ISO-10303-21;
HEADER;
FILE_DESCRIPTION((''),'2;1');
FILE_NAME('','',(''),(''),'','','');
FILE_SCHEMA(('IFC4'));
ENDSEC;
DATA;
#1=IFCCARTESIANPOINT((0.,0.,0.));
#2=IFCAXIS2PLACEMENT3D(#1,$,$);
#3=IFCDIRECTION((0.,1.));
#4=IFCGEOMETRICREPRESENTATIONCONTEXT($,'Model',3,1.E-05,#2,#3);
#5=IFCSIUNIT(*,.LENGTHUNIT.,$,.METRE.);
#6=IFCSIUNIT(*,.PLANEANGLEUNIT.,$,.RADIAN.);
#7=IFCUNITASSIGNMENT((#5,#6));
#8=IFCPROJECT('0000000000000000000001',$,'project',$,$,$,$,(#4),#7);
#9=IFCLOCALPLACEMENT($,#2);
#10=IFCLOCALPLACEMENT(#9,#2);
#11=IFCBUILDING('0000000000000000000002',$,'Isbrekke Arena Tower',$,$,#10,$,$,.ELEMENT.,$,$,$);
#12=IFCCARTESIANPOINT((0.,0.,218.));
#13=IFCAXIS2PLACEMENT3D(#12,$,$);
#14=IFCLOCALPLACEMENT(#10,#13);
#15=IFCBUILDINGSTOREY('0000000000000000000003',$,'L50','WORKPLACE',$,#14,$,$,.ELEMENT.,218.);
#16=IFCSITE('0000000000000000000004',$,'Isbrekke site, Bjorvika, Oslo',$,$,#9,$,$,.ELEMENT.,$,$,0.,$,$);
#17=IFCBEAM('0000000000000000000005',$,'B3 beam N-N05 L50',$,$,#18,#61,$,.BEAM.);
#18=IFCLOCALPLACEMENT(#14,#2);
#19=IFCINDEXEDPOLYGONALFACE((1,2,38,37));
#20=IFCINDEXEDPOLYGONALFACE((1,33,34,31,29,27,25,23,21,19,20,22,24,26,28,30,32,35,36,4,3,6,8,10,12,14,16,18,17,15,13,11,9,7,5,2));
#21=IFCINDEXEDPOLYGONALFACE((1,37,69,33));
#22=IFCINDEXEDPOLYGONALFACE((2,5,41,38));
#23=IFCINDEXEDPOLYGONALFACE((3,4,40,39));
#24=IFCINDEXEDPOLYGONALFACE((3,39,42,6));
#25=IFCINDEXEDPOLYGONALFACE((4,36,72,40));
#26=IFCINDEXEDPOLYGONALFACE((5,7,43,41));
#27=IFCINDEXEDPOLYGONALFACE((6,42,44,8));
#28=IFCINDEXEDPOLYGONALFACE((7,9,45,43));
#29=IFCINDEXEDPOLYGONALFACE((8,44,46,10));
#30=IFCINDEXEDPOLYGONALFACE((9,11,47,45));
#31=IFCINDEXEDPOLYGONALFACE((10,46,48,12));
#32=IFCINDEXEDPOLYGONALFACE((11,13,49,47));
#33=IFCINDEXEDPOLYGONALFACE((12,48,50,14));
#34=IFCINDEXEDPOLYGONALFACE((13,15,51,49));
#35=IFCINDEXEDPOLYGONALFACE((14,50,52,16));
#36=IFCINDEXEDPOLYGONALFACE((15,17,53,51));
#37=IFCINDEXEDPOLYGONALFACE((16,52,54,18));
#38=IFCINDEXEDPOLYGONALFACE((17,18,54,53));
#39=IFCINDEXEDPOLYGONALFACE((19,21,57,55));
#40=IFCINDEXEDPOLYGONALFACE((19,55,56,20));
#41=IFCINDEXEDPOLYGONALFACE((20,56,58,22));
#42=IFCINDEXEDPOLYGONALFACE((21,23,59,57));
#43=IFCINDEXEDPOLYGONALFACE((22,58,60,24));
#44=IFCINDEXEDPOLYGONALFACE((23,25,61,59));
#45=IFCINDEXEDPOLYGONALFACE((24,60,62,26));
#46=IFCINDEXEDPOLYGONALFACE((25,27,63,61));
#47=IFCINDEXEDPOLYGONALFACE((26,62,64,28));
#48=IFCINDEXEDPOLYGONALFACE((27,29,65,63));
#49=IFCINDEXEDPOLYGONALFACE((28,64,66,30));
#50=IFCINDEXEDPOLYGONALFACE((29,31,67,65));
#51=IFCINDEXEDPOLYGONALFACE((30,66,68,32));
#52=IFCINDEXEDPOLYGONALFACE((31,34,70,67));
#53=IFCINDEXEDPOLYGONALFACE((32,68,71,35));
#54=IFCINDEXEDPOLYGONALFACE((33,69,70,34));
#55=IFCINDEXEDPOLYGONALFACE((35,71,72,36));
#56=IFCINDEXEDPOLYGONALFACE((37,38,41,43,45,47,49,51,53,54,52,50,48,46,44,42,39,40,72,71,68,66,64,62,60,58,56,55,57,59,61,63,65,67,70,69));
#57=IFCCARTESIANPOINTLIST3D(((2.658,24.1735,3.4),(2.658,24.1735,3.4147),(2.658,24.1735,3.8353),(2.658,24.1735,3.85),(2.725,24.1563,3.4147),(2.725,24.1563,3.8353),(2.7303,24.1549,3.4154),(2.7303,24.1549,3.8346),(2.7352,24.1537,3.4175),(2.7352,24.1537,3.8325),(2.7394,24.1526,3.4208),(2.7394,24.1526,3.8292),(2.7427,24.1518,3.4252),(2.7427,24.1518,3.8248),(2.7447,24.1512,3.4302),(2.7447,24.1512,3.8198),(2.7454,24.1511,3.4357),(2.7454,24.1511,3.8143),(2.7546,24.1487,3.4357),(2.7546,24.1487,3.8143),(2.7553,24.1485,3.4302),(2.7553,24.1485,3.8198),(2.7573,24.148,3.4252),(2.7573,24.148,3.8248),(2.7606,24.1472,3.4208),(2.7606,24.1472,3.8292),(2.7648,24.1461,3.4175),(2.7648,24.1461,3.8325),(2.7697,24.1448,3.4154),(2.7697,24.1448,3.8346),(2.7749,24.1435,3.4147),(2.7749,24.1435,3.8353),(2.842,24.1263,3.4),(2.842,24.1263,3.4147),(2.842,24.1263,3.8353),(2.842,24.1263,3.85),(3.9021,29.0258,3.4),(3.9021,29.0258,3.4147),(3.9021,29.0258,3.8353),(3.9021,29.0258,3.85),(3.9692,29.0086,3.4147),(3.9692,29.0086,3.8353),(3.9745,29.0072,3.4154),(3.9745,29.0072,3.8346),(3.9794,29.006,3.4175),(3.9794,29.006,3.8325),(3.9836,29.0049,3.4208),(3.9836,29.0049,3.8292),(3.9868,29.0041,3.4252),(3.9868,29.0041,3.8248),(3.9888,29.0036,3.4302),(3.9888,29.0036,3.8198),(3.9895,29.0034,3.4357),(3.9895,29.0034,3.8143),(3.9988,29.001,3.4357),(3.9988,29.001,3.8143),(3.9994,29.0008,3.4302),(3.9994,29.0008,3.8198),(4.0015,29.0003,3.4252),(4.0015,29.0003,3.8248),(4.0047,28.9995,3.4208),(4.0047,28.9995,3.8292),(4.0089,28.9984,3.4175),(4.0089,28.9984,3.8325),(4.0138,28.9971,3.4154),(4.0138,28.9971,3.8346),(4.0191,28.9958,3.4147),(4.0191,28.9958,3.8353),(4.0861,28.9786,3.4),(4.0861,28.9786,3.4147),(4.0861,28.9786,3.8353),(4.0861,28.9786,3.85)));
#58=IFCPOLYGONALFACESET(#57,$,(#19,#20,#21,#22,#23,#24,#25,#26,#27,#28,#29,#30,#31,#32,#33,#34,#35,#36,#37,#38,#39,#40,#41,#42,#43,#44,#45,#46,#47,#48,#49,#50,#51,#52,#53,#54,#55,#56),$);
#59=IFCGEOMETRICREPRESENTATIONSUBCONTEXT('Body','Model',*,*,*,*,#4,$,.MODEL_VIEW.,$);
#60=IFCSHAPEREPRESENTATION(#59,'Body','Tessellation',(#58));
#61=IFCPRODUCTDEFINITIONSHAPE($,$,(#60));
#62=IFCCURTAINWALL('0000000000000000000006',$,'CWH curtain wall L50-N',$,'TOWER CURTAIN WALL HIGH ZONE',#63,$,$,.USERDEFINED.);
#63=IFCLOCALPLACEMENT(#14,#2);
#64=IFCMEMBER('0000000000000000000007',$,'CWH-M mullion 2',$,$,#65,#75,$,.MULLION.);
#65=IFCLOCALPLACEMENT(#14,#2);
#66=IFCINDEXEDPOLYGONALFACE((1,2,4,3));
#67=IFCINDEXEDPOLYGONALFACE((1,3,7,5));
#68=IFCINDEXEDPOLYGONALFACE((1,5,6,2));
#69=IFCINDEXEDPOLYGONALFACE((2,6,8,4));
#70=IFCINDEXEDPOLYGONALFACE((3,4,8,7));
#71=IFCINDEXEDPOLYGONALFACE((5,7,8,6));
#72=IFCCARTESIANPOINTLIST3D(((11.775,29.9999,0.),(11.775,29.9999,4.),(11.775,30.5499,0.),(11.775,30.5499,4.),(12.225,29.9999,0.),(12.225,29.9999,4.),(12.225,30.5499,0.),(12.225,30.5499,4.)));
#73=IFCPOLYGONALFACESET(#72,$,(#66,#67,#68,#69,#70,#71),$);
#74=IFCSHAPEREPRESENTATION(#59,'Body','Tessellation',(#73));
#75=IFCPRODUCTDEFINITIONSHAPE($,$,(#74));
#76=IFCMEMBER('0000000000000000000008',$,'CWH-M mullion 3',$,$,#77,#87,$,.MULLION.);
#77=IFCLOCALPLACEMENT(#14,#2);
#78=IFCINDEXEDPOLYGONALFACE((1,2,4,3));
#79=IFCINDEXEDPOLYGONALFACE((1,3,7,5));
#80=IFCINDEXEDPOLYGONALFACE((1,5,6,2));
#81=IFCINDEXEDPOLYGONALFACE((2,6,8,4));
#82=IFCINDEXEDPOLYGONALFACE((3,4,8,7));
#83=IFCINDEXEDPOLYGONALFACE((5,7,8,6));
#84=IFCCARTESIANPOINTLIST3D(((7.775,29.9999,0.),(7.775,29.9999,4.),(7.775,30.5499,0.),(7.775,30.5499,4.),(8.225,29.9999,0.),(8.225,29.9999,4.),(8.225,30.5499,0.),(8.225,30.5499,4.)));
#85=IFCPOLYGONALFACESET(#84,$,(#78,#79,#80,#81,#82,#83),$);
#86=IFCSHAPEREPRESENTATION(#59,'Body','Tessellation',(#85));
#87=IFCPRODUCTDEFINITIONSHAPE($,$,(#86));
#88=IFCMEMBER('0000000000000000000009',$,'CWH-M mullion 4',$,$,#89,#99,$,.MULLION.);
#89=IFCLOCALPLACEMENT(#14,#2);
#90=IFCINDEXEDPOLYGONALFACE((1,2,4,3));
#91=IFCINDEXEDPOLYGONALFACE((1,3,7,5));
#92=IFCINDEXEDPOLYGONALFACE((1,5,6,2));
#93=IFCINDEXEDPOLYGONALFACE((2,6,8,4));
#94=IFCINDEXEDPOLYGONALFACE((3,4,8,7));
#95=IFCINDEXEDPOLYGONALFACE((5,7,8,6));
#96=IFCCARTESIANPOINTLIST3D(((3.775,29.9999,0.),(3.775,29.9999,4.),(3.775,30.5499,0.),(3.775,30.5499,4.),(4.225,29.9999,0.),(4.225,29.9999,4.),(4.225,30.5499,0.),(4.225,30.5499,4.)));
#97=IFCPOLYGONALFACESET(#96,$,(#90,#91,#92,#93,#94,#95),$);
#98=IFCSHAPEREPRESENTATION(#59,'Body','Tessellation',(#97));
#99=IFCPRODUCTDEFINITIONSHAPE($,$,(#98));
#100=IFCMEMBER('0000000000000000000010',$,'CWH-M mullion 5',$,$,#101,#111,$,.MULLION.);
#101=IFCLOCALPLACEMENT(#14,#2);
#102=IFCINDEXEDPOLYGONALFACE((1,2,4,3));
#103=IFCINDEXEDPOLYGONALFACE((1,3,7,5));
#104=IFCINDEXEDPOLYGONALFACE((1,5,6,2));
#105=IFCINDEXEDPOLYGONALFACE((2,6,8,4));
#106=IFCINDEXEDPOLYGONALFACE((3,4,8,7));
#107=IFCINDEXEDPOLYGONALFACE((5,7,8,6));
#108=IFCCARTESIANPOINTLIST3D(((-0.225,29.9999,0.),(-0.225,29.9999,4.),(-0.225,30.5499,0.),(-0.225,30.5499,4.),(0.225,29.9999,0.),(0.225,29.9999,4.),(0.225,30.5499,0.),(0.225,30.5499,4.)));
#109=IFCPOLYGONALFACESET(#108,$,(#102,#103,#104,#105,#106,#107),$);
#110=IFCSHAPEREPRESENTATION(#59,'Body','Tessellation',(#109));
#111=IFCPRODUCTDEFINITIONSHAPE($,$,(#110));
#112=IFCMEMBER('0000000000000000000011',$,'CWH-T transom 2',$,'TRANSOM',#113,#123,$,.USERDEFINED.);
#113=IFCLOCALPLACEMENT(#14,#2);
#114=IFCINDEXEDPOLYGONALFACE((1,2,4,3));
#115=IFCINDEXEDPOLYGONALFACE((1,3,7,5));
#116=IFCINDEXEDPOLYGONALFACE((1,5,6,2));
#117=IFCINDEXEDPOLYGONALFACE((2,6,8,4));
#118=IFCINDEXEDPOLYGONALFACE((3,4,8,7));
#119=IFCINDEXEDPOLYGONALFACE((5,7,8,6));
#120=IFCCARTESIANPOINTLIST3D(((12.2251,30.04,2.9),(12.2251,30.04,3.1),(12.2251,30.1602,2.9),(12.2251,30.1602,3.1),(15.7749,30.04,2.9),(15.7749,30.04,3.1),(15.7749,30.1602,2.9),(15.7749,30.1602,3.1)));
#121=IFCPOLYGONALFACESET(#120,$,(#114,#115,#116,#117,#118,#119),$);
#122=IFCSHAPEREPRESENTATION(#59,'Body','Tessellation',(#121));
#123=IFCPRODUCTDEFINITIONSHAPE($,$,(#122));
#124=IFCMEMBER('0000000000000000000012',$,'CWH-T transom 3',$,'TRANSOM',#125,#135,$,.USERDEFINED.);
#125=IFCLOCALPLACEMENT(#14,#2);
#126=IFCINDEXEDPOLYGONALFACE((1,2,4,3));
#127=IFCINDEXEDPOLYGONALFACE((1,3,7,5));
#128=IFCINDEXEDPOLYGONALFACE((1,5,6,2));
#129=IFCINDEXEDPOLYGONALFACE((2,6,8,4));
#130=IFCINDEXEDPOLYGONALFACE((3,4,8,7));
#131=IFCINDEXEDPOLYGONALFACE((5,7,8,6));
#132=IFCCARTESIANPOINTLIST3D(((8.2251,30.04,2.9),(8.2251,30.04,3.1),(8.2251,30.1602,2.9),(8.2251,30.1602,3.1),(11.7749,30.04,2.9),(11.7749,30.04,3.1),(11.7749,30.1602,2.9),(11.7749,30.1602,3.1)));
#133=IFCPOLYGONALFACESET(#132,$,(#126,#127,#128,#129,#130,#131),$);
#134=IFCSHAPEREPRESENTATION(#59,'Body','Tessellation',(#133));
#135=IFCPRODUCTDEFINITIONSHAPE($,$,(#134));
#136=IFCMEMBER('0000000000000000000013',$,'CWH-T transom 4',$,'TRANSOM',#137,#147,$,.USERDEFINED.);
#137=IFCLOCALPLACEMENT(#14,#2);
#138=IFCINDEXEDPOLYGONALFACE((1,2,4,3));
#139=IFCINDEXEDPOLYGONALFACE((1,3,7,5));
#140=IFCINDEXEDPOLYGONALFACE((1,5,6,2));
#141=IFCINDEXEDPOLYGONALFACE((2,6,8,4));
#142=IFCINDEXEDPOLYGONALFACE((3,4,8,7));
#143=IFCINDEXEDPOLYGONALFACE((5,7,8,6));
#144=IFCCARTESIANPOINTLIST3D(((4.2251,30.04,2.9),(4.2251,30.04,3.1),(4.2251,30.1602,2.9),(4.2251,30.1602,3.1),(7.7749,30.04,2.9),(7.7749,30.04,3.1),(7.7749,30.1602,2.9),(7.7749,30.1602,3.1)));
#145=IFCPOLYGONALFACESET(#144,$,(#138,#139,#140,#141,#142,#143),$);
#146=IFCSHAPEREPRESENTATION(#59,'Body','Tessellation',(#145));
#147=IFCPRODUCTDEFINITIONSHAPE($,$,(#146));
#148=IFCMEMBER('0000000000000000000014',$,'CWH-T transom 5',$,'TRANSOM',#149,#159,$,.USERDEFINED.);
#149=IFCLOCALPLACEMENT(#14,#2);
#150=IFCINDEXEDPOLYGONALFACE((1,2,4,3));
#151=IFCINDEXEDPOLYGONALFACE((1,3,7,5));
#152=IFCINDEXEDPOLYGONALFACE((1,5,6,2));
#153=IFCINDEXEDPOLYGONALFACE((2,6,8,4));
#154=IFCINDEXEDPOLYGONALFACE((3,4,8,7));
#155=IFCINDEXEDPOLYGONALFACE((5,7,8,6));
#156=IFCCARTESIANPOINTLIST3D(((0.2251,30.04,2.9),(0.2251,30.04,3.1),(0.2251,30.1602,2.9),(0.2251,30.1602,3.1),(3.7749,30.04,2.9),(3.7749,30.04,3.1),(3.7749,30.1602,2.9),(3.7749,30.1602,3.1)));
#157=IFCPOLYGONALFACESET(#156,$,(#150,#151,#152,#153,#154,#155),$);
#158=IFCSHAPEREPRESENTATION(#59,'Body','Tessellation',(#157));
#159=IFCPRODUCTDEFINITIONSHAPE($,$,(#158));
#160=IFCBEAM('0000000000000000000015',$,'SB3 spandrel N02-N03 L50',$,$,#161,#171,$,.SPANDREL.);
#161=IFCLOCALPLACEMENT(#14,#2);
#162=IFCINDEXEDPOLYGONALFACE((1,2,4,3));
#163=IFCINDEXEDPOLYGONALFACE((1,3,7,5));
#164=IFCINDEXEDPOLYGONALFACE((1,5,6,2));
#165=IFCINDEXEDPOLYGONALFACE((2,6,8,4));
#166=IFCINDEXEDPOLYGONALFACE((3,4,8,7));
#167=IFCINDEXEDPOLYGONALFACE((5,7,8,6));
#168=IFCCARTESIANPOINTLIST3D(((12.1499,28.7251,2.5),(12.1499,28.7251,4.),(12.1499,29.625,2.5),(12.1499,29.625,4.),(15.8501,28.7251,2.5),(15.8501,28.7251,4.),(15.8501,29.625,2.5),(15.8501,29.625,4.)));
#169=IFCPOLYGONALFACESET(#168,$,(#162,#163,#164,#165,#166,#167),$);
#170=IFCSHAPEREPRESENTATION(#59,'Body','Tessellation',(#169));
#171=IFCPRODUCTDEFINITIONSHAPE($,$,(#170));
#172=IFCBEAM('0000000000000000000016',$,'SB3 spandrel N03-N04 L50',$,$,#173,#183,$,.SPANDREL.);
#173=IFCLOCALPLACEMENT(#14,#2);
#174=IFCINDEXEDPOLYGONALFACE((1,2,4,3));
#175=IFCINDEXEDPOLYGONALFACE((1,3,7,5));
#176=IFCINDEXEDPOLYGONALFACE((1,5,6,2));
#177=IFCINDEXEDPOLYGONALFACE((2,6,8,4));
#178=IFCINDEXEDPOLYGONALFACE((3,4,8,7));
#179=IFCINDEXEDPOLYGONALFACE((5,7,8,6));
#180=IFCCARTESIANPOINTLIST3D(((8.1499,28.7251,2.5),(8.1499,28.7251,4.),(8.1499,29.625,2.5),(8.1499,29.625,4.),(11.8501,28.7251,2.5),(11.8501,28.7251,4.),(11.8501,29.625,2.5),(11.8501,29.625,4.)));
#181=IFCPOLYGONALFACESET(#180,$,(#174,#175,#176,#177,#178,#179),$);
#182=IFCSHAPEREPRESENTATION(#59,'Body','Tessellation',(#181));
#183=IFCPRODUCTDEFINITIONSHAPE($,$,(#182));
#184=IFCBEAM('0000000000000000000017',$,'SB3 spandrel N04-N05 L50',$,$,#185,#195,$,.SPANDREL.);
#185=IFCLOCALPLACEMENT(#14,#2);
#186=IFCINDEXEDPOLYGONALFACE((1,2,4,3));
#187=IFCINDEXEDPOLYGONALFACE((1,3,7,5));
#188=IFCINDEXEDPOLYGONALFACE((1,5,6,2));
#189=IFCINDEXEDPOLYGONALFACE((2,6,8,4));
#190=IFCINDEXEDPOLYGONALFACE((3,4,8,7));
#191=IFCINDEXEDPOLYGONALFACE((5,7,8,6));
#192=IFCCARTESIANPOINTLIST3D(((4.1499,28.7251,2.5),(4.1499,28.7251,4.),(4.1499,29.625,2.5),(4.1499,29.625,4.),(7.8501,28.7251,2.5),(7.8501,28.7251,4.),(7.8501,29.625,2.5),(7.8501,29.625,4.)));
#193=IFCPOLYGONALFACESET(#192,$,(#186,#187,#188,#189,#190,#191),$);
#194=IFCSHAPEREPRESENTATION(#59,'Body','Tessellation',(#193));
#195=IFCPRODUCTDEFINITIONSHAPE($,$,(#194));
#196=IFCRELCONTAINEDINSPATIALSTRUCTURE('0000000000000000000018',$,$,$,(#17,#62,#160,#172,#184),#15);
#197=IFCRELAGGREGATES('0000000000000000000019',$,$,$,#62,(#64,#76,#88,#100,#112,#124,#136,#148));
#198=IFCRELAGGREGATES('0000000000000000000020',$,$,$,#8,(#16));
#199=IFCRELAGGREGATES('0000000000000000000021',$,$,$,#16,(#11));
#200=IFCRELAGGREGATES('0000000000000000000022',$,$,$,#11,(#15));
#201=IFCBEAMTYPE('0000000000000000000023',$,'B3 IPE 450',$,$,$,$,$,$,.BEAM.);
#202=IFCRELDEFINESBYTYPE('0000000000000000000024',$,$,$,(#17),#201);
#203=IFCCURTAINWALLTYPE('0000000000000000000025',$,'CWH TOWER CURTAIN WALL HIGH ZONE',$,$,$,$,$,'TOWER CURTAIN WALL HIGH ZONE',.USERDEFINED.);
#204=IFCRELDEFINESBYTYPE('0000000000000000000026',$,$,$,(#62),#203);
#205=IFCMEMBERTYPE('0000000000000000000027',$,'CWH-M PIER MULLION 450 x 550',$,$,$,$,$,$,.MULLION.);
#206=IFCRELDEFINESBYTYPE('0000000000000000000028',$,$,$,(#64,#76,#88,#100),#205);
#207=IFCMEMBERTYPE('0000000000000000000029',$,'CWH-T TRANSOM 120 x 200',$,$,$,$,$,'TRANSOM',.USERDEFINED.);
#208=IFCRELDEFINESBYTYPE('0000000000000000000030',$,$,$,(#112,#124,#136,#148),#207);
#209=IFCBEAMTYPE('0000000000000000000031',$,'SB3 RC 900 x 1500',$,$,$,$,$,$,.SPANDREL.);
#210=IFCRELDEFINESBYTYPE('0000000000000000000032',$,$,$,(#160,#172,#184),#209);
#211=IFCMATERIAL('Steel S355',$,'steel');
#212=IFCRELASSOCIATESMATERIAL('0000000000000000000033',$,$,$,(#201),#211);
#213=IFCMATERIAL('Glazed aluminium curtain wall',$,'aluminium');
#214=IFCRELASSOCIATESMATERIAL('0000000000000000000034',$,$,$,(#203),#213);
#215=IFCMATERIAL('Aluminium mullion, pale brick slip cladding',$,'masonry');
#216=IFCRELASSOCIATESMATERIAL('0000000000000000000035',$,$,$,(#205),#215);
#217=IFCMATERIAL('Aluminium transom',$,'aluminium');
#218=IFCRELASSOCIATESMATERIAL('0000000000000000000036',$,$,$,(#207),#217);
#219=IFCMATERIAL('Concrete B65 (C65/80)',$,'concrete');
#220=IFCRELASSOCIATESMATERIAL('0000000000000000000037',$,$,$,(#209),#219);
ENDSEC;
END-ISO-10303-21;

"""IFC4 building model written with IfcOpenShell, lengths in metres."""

from ifc_helpers import new_model, si_unit, direction, frame, origin, origin_2d, place, context, subcontext, project, spatial, rectangle, i_section, extrude, material, material_profile, profile_set, type_object, element, aggregate, save


model = new_model("IFC4")

# Units and contexts
model_context = context("Model", 3, precision=1e-05, world=origin(), true_north=direction((0.0, 1.0)))
body_context = subcontext(model_context, "Body", "Model", "MODEL_VIEW")
ifc_project = project(units=[si_unit("LENGTHUNIT", "METRE"), si_unit("PLANEANGLEUNIT", "RADIAN")], contexts=[model_context])

# Site, building, storey
site_placement = place(None, origin())
site = spatial("IfcSite", under=ifc_project, at=site_placement, Name="Isbrekke site, Bjorvika, Oslo", CompositionType="ELEMENT", RefElevation=0.0)
building_placement = place(site_placement, origin())
building = spatial("IfcBuilding", under=site, at=building_placement, Name="Isbrekke Arena Tower", CompositionType="ELEMENT")
storey_placement = place(building_placement, frame((0.0, 0.0, 218.0)))
storey = spatial("IfcBuildingStorey", under=building, at=storey_placement, Name="L50", Description="WORKPLACE", CompositionType="ELEMENT", Elevation=218.0)

# Beam
ifc_material_1 = material(Name="Steel S355", Category="steel")
ifc_material_profile_1 = material_profile(ifc_material_1, i_section(OverallWidth=0.1899, OverallDepth=0.45, WebThickness=0.0095, FlangeThickness=0.0146, FilletRadius=0.021, at=origin_2d()), Name="IPE 450")
ifc_profile_set_1 = profile_set([ifc_material_profile_1], Name="Steel S355")
beam_type_1 = type_object("IfcBeamType", Name="B3 IPE 450", PredefinedType="BEAM", material=ifc_profile_set_1)
beam_1_placement = place(storey_placement, frame((3.9941, 29.0022, 3.625), z_axis=(-0.248368, -0.968666, 0.0), x_axis=(0.968666, -0.248368, 0.0)))
element("IfcBeam", 1, at=beam_1_placement, inside=storey, type_object=beam_type_1, Name="B3 beam N-N05 L50", PredefinedType="BEAM", context=body_context, shape_type="SweptSolid", body=[
    extrude(i_section(OverallWidth=0.1899, OverallDepth=0.45, WebThickness=0.0095, FlangeThickness=0.0146, FilletRadius=0.021, at=origin_2d()), origin(), (0.0, 0.0, 1.0), 5.0093),
])

# Curtain wall, members
ifc_material_2 = material(Name="Glazed aluminium curtain wall", Category="aluminium")
curtain_wall_type = type_object("IfcCurtainWallType", Name="CWH TOWER CURTAIN WALL HIGH ZONE", ElementType="TOWER CURTAIN WALL HIGH ZONE", PredefinedType="USERDEFINED", material=ifc_material_2)
curtain_wall_placement = place(storey_placement, origin())
curtain_wall = element("IfcCurtainWall", 2, at=curtain_wall_placement, inside=storey, type_object=curtain_wall_type, Name="CWH curtain wall L50-N", ObjectType="TOWER CURTAIN WALL HIGH ZONE", PredefinedType="USERDEFINED")
ifc_material_3 = material(Name="Aluminium mullion, pale brick slip cladding", Category="masonry")
ifc_material_profile_2 = material_profile(ifc_material_3, rectangle(XDim=0.45, YDim=0.55, at=origin_2d()), Name="PIER 450X550")
ifc_profile_set_2 = profile_set([ifc_material_profile_2], Name="Aluminium mullion, pale brick slip cladding")
member_type_1 = type_object("IfcMemberType", Name="CWH-M PIER MULLION 450 x 550", PredefinedType="MULLION", material=ifc_profile_set_2)
member_1_placement = place(storey_placement, frame((12.0, 30.2749, 0.0), z_axis=(0.0, 0.0, 1.0), x_axis=(-1.0, 0.0, 0.0)))
member_1 = element("IfcMember", 3, at=member_1_placement, type_object=member_type_1, Name="CWH-M mullion 2", PredefinedType="MULLION", context=body_context, shape_type="SweptSolid", body=[
    extrude(rectangle(XDim=0.45, YDim=0.55, at=origin_2d()), origin(), (0.0, 0.0, 1.0), 4.0),
])
member_2_placement = place(storey_placement, frame((8.0, 30.2749, 0.0), z_axis=(0.0, 0.0, 1.0), x_axis=(-1.0, 0.0, 0.0)))
member_2 = element("IfcMember", 4, at=member_2_placement, type_object=member_type_1, Name="CWH-M mullion 3", PredefinedType="MULLION", context=body_context, shape_type="SweptSolid", body=[
    extrude(rectangle(XDim=0.45, YDim=0.55, at=origin_2d()), origin(), (0.0, 0.0, 1.0), 4.0),
])
member_3_placement = place(storey_placement, frame((4.0, 30.2749, 0.0), z_axis=(0.0, 0.0, 1.0), x_axis=(-1.0, 0.0, 0.0)))
member_3 = element("IfcMember", 5, at=member_3_placement, type_object=member_type_1, Name="CWH-M mullion 4", PredefinedType="MULLION", context=body_context, shape_type="SweptSolid", body=[
    extrude(rectangle(XDim=0.45, YDim=0.55, at=origin_2d()), origin(), (0.0, 0.0, 1.0), 4.0),
])
member_4_placement = place(storey_placement, frame((0.0, 30.2749, 0.0), z_axis=(0.0, 0.0, 1.0), x_axis=(-1.0, 0.0, 0.0)))
member_4 = element("IfcMember", 6, at=member_4_placement, type_object=member_type_1, Name="CWH-M mullion 5", PredefinedType="MULLION", context=body_context, shape_type="SweptSolid", body=[
    extrude(rectangle(XDim=0.45, YDim=0.55, at=origin_2d()), origin(), (0.0, 0.0, 1.0), 4.0),
])
ifc_material_4 = material(Name="Aluminium transom", Category="aluminium")
ifc_material_profile_3 = material_profile(ifc_material_4, rectangle(XDim=0.1201, YDim=0.2, at=origin_2d()), Name="TRANSOM 120X200")
ifc_profile_set_3 = profile_set([ifc_material_profile_3], Name="Aluminium transom")
member_type_2 = type_object("IfcMemberType", Name="CWH-T TRANSOM 120 x 200", ElementType="TRANSOM", PredefinedType="USERDEFINED", material=ifc_profile_set_3)
member_5_placement = place(storey_placement, frame((15.7749, 30.1001, 3.0), z_axis=(-1.0, 0.0, 0.0), x_axis=(0.0, -1.0, 0.0)))
member_5 = element("IfcMember", 7, at=member_5_placement, type_object=member_type_2, Name="CWH-T transom 2", ObjectType="TRANSOM", PredefinedType="USERDEFINED", context=body_context, shape_type="SweptSolid", body=[
    extrude(rectangle(XDim=0.1201, YDim=0.2, at=origin_2d()), origin(), (0.0, 0.0, 1.0), 3.5498),
])
member_6_placement = place(storey_placement, frame((11.7749, 30.1001, 3.0), z_axis=(-1.0, 0.0, 0.0), x_axis=(0.0, -1.0, 0.0)))
member_6 = element("IfcMember", 8, at=member_6_placement, type_object=member_type_2, Name="CWH-T transom 3", ObjectType="TRANSOM", PredefinedType="USERDEFINED", context=body_context, shape_type="SweptSolid", body=[
    extrude(rectangle(XDim=0.1201, YDim=0.2, at=origin_2d()), origin(), (0.0, 0.0, 1.0), 3.5498),
])
member_7_placement = place(storey_placement, frame((7.7749, 30.1001, 3.0), z_axis=(-1.0, 0.0, 0.0), x_axis=(0.0, -1.0, 0.0)))
member_7 = element("IfcMember", 9, at=member_7_placement, type_object=member_type_2, Name="CWH-T transom 4", ObjectType="TRANSOM", PredefinedType="USERDEFINED", context=body_context, shape_type="SweptSolid", body=[
    extrude(rectangle(XDim=0.1201, YDim=0.2, at=origin_2d()), origin(), (0.0, 0.0, 1.0), 3.5498),
])
member_8_placement = place(storey_placement, frame((3.7749, 30.1001, 3.0), z_axis=(-1.0, 0.0, 0.0), x_axis=(0.0, -1.0, 0.0)))
member_8 = element("IfcMember", 10, at=member_8_placement, type_object=member_type_2, Name="CWH-T transom 5", ObjectType="TRANSOM", PredefinedType="USERDEFINED", context=body_context, shape_type="SweptSolid", body=[
    extrude(rectangle(XDim=0.1201, YDim=0.2, at=origin_2d()), origin(), (0.0, 0.0, 1.0), 3.5498),
])

# Beams
ifc_material_5 = material(Name="Concrete B65 (C65/80)", Category="concrete")
ifc_material_profile_4 = material_profile(ifc_material_5, rectangle(XDim=0.8999, YDim=1.5, at=origin_2d()), Name="RC 900x1500")
ifc_profile_set_4 = profile_set([ifc_material_profile_4], Name="Concrete B65 (C65/80)")
beam_type_2 = type_object("IfcBeamType", Name="SB3 RC 900 x 1500", PredefinedType="SPANDREL", material=ifc_profile_set_4)
for number, where, z_axis, x_axis, name in (
    (11, (15.8501, 29.175, 3.25), (-1.0, 0.0, 0.0), (0.0, -1.0, 0.0), "SB3 spandrel N02-N03 L50"),
    (12, (11.8501, 29.175, 3.25), (-1.0, 0.0, 0.0), (0.0, -1.0, 0.0), "SB3 spandrel N03-N04 L50"),
    (13, (7.8501, 29.175, 3.25), (-1.0, 0.0, 0.0), (0.0, -1.0, 0.0), "SB3 spandrel N04-N05 L50"),
):
    element("IfcBeam", number, at=place(storey_placement, frame(where, z_axis=z_axis, x_axis=x_axis)), inside=storey, type_object=beam_type_2, Name=name, PredefinedType="SPANDREL", context=body_context, shape_type="SweptSolid", body=[
        extrude(rectangle(XDim=0.8999, YDim=1.5, at=origin_2d()), origin(), (0.0, 0.0, 1.0), 3.7002),
    ])

aggregate(curtain_wall, [member_1, member_2, member_3, member_4, member_5, member_6, member_7, member_8])

save(model, "model.ifc")
